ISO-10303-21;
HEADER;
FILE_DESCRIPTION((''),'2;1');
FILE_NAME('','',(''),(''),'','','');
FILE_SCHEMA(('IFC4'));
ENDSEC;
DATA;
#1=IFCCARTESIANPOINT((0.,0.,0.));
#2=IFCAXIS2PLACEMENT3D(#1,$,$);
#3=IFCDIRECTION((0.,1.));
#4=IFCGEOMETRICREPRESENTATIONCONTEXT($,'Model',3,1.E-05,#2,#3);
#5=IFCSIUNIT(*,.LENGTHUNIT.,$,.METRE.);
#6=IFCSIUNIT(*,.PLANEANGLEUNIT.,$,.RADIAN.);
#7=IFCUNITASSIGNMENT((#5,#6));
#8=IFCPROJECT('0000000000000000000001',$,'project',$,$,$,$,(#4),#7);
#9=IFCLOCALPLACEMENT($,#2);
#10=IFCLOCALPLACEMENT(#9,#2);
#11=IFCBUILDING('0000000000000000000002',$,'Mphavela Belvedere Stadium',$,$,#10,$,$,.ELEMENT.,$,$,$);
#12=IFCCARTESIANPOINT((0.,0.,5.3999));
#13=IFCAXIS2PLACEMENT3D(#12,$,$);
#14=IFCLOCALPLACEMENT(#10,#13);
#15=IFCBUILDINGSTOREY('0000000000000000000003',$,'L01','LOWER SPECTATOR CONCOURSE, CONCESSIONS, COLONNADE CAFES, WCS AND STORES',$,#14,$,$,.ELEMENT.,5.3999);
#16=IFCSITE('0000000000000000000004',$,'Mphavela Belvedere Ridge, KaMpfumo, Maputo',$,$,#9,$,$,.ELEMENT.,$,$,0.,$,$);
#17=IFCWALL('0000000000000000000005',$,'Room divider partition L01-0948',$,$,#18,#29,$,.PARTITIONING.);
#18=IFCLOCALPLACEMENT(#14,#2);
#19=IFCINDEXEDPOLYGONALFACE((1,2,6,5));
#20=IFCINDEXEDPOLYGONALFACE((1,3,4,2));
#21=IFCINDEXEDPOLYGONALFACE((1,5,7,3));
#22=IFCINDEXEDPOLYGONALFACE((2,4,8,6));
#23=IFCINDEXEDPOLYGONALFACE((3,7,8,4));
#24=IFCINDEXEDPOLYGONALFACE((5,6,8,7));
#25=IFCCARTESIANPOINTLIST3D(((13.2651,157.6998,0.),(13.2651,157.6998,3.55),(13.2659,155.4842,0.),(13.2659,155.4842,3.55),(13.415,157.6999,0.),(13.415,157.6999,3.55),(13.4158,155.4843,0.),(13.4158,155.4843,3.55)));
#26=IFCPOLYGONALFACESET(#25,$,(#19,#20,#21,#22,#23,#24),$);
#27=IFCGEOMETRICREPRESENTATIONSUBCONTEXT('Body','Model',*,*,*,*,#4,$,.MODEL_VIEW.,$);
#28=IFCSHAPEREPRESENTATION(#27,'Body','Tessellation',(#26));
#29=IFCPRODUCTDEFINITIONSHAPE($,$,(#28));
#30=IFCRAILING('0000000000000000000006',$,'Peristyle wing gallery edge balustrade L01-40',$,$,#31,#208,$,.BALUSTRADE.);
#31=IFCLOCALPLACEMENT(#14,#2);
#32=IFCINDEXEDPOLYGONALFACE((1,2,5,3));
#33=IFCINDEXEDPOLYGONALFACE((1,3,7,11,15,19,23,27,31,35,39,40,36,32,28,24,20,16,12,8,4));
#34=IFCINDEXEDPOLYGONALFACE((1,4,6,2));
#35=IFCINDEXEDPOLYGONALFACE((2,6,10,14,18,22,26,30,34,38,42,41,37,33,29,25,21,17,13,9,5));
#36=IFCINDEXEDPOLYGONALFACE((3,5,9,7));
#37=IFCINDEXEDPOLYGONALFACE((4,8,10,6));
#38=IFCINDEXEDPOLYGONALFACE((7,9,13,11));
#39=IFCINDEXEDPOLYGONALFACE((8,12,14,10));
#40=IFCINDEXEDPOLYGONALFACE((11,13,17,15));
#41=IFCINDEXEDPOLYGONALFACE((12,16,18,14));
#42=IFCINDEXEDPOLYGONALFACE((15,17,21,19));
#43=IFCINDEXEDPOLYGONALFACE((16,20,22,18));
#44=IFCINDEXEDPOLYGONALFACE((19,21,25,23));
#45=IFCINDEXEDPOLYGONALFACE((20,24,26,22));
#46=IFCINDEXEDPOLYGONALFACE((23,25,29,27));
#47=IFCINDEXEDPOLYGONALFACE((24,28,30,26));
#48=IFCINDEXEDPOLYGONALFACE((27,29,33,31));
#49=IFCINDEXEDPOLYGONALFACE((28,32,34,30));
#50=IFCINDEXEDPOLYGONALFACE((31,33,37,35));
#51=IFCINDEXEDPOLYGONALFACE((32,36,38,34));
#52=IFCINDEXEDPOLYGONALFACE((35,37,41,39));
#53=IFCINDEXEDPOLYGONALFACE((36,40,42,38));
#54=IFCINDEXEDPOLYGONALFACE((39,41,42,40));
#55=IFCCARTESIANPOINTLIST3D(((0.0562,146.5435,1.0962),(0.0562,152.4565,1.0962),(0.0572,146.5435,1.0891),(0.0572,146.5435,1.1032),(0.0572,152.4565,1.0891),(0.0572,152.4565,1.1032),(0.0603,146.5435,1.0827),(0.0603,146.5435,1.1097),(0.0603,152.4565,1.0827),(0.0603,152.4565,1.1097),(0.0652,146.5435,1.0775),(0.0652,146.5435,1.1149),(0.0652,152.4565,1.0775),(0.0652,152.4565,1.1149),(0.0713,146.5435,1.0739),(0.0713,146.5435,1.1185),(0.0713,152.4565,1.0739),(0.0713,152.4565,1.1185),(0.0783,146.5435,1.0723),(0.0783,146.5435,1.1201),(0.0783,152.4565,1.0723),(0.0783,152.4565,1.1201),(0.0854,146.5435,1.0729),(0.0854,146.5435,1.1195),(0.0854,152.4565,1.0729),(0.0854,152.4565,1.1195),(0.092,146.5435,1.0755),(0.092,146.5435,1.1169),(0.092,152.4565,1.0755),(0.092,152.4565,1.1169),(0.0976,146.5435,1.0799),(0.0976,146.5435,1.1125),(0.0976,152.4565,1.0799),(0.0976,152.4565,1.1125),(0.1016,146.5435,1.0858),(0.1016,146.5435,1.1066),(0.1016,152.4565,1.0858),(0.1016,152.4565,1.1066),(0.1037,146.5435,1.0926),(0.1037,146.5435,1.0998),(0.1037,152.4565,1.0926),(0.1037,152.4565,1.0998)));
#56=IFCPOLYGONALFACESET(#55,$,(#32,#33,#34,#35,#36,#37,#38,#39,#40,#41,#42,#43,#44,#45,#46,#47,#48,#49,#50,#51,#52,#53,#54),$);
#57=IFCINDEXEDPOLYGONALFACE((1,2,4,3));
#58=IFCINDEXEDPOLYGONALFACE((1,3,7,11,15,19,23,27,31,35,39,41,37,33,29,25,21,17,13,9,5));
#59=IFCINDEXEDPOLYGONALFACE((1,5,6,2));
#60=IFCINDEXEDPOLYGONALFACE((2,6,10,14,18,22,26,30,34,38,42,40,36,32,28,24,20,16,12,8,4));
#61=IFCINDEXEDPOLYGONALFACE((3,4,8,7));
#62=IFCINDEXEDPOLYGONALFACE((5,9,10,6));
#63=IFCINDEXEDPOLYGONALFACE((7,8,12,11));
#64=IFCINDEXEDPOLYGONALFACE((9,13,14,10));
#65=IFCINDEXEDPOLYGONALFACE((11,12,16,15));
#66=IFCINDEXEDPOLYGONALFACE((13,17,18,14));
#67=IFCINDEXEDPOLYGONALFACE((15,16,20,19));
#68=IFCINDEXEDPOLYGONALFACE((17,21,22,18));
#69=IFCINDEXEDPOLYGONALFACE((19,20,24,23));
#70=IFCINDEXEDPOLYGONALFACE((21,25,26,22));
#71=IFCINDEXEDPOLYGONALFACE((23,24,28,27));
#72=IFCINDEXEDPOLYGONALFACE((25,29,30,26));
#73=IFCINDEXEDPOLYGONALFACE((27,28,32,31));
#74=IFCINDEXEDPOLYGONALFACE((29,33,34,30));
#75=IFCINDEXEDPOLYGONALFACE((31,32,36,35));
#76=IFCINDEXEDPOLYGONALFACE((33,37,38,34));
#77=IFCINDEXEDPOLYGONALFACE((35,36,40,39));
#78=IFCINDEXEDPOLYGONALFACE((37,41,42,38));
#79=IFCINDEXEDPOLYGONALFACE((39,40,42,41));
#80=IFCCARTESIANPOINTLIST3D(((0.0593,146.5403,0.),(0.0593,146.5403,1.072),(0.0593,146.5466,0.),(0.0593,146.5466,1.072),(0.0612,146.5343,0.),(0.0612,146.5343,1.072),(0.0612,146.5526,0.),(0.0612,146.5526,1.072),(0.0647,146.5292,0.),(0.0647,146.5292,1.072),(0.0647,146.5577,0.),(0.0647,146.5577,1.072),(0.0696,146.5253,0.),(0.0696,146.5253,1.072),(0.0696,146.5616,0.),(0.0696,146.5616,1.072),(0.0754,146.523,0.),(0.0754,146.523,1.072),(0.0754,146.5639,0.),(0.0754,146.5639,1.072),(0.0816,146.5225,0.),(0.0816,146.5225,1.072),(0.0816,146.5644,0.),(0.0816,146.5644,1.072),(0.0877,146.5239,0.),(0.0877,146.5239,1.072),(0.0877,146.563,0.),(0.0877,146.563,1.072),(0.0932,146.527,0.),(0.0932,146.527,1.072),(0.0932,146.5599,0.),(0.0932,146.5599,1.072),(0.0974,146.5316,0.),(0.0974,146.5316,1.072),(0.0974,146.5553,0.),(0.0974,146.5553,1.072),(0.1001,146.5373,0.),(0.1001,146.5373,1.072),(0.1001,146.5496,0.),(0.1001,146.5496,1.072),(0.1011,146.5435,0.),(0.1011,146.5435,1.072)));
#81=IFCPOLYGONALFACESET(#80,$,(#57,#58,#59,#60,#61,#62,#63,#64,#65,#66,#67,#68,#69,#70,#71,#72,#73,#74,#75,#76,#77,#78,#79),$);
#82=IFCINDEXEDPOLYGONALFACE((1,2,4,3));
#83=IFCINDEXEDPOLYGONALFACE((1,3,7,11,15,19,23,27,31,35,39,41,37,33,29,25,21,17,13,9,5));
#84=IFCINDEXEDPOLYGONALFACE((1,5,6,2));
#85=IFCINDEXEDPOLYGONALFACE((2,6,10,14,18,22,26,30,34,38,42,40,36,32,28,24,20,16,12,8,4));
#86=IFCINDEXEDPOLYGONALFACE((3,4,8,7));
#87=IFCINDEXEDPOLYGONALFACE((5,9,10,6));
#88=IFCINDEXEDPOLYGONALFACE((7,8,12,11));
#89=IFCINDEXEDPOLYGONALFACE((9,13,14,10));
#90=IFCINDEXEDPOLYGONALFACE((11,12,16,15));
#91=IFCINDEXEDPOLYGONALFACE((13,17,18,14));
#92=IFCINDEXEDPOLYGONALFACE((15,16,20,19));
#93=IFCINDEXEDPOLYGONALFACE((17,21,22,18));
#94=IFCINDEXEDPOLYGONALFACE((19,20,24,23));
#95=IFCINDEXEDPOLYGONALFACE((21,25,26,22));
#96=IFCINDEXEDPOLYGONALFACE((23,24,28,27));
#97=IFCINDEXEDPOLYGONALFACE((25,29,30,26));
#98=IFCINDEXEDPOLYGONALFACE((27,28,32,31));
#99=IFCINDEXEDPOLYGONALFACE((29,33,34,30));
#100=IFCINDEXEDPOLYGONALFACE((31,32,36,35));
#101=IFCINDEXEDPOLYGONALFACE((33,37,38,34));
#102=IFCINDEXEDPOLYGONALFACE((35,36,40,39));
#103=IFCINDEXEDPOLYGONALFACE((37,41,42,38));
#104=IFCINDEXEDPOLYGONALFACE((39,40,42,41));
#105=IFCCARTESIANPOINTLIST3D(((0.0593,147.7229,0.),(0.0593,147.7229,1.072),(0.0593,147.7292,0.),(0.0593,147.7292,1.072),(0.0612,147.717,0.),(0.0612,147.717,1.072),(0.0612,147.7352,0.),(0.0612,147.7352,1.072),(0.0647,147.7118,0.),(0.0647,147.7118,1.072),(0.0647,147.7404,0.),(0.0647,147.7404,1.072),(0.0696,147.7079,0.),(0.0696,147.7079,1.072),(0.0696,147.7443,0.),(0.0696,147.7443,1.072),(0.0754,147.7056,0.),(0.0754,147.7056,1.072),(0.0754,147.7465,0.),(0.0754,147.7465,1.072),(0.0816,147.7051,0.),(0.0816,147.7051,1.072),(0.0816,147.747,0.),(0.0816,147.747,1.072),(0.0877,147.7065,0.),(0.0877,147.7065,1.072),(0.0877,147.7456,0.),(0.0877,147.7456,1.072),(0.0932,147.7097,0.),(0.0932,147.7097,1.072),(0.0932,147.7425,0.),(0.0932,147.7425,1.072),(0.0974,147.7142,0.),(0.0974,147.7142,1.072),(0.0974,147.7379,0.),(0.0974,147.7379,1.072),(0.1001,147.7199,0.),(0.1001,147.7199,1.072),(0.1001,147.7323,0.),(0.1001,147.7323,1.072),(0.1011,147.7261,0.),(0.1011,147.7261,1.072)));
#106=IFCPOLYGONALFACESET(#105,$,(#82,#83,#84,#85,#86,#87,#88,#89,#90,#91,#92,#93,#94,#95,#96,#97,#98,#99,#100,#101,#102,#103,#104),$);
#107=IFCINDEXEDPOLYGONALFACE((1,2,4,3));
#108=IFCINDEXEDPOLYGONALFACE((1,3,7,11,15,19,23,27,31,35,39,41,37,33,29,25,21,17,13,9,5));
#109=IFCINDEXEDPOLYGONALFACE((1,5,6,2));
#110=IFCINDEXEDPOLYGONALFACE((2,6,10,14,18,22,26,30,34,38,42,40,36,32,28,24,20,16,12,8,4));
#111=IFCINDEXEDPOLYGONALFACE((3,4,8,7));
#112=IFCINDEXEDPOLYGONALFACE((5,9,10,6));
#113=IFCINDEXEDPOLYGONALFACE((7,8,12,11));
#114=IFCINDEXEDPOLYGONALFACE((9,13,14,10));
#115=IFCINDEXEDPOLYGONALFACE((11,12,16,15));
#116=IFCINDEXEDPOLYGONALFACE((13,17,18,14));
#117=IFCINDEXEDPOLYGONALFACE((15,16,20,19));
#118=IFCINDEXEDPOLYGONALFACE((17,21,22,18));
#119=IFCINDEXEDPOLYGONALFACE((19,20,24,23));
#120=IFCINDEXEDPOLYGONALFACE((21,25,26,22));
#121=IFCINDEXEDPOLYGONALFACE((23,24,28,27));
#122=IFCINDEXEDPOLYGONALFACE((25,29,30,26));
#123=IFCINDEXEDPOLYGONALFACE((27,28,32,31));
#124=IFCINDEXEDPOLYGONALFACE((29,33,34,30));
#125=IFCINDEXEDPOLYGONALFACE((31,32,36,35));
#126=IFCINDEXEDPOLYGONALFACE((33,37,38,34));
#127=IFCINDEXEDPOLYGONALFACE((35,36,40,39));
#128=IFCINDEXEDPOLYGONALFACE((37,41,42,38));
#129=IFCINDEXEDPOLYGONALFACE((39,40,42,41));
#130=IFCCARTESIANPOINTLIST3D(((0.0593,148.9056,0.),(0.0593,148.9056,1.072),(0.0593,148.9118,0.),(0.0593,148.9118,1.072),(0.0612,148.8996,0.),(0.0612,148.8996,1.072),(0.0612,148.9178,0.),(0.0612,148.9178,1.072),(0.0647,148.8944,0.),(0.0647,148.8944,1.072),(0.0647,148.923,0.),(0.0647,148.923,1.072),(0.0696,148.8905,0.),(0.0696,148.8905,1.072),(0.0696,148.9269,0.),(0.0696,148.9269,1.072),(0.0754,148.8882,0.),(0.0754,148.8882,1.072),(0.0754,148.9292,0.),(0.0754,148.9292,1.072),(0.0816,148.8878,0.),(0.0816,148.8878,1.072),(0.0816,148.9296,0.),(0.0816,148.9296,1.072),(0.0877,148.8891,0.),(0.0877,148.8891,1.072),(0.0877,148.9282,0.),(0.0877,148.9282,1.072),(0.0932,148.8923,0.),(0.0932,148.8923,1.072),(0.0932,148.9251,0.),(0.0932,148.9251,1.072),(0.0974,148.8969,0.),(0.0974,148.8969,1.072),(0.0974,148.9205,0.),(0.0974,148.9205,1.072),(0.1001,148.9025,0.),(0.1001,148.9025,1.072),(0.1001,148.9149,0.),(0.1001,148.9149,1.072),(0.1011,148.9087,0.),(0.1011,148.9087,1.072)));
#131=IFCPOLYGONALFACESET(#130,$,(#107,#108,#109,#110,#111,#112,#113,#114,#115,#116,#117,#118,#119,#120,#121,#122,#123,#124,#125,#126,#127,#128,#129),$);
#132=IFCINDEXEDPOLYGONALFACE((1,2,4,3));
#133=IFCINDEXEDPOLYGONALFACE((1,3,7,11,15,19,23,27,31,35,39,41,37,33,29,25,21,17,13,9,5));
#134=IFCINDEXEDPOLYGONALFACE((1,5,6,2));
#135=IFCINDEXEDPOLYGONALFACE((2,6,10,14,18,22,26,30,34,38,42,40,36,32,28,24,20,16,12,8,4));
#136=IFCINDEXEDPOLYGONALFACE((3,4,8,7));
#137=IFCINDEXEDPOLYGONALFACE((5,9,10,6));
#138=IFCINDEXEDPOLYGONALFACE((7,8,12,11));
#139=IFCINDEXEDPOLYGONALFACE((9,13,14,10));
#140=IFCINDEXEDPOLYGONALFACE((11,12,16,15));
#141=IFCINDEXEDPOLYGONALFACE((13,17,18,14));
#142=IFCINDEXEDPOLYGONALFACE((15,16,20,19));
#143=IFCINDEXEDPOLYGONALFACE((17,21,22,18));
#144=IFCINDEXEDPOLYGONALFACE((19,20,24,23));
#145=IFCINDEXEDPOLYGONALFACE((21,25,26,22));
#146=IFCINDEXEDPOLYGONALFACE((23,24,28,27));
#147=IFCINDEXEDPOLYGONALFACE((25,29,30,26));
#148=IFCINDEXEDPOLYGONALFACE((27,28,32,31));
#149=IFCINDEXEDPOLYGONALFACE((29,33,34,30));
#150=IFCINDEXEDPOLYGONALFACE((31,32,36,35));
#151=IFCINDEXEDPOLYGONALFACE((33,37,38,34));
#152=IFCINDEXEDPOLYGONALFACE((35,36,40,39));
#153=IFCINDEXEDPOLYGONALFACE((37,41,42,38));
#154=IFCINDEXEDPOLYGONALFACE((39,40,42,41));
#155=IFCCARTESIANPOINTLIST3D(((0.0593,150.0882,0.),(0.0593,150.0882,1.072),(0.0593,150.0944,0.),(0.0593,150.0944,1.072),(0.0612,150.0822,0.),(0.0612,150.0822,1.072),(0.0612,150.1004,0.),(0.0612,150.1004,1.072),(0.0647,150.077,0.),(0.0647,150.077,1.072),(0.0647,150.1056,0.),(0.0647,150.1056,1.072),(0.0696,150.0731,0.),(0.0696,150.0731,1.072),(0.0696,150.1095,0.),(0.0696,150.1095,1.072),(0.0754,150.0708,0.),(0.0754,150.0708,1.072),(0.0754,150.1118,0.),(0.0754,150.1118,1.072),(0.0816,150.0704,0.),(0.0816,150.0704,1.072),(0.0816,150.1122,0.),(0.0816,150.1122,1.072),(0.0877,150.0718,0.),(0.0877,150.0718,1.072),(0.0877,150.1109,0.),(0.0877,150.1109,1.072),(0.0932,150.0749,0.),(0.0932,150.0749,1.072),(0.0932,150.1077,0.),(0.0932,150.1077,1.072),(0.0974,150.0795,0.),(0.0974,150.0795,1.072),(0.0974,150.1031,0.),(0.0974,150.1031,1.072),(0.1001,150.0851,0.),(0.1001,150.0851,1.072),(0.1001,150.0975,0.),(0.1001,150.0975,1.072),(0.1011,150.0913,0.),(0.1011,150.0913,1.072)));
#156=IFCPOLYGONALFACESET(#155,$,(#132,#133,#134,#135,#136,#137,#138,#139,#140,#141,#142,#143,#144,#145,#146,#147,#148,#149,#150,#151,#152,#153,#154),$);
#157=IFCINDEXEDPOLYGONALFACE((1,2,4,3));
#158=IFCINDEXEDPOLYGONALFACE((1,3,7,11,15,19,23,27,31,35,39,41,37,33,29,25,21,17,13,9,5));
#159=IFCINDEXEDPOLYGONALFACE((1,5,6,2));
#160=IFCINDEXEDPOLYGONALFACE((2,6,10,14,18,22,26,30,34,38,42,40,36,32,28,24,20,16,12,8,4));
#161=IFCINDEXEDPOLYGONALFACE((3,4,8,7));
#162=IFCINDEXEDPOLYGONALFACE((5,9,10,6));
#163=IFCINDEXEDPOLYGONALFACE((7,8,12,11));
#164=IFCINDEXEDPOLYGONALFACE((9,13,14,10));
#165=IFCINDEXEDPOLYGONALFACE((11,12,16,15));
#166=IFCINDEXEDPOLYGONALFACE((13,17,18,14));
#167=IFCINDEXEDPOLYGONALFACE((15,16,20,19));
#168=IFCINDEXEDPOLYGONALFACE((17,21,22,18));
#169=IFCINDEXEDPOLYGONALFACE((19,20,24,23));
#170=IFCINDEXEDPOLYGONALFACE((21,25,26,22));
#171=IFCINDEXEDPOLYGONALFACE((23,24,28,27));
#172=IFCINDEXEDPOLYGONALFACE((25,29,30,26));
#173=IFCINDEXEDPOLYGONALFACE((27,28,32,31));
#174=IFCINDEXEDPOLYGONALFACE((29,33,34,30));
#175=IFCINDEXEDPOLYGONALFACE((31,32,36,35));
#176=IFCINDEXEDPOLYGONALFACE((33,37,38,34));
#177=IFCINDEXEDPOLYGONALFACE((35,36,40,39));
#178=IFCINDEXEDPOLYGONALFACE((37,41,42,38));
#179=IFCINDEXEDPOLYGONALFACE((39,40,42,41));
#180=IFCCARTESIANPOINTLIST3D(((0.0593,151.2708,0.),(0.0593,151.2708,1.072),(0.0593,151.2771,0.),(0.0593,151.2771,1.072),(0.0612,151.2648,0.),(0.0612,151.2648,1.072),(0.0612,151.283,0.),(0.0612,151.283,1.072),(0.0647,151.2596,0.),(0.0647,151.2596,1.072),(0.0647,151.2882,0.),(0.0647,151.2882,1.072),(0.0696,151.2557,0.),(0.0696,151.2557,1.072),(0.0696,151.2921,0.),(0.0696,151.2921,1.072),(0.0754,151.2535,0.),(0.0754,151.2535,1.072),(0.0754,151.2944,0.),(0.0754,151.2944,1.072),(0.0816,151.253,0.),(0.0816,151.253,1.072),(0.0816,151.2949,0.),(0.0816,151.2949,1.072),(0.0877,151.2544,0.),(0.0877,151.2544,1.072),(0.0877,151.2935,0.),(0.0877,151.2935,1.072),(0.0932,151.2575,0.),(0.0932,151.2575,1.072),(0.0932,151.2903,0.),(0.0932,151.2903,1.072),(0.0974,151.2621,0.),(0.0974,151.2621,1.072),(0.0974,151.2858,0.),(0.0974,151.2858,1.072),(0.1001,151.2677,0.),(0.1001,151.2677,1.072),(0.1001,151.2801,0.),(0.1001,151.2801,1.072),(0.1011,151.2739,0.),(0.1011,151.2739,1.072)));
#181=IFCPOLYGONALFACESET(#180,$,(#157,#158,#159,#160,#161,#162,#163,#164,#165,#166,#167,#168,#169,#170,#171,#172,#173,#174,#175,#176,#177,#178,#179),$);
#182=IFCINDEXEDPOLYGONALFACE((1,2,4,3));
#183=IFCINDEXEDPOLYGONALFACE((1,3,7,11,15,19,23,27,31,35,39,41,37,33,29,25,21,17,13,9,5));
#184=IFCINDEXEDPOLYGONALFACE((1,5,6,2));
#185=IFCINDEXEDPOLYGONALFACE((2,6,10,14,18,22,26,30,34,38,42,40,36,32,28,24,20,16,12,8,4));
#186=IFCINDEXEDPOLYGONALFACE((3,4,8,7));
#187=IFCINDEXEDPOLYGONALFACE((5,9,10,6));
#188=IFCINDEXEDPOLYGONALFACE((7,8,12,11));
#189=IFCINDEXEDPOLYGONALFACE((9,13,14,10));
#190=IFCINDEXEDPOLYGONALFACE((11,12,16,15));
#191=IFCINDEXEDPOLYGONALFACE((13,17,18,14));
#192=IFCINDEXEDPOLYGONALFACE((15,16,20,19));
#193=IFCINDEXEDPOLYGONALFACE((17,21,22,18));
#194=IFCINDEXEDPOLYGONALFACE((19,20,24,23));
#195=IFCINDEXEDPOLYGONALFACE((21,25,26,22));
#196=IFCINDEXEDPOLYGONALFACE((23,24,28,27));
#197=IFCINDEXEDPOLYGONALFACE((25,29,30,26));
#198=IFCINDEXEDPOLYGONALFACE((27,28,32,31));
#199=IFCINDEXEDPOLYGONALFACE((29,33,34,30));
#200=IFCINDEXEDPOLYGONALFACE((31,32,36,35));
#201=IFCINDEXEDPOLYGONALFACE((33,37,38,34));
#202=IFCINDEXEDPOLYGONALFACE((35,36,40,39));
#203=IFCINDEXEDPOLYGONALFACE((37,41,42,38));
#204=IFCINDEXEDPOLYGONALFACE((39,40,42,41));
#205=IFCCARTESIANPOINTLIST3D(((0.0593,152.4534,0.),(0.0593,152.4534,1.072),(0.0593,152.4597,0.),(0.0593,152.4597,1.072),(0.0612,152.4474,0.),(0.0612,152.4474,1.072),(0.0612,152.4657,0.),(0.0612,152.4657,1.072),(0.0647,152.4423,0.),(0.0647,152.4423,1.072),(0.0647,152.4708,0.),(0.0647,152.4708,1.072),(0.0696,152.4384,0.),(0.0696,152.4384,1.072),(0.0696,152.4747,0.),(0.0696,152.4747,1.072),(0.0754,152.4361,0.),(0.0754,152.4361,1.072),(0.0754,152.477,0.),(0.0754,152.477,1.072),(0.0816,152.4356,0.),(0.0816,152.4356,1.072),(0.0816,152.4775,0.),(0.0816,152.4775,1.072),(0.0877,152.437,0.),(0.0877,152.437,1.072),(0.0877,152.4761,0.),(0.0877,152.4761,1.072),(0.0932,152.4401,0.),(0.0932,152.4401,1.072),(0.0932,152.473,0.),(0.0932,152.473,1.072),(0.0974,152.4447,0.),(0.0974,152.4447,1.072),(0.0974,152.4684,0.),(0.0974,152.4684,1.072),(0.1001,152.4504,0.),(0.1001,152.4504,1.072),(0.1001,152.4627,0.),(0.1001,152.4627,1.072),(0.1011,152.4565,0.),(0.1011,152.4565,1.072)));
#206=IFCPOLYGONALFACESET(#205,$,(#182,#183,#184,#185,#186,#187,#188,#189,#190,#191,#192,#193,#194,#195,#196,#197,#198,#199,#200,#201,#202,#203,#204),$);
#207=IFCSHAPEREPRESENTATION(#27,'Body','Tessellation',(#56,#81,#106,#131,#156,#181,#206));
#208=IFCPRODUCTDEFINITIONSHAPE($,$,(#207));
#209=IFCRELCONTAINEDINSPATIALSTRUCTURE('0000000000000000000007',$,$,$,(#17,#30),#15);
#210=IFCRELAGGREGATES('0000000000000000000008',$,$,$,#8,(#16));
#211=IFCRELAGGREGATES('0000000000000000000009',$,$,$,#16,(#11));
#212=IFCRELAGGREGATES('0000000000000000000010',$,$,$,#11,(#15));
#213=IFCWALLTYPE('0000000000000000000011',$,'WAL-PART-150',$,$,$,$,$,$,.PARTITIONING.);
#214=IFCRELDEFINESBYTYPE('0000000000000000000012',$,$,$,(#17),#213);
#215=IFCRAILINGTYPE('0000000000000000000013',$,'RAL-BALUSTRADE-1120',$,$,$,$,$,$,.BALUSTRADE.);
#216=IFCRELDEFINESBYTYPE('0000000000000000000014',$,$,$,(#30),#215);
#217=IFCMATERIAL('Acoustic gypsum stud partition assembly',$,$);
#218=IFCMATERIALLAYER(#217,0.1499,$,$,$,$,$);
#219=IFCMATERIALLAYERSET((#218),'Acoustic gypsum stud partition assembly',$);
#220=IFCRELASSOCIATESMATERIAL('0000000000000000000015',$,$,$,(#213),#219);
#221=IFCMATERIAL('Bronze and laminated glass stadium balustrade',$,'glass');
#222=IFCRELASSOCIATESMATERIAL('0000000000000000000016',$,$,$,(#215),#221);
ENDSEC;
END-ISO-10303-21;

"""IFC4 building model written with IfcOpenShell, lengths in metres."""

from ifc_helpers import new_model, si_unit, direction, frame, frame_2d, origin, origin_2d, place, context, subcontext, project, spatial, rectangle, circle, extrude, material, layer, layer_set, type_object, element, save


model = new_model("IFC4")

# Units and contexts
model_context = context("Model", 3, precision=1e-05, world=origin(), true_north=direction((0.0, 1.0)))
body_context = subcontext(model_context, "Body", "Model", "MODEL_VIEW")
ifc_project = project(units=[si_unit("LENGTHUNIT", "METRE"), si_unit("PLANEANGLEUNIT", "RADIAN")], contexts=[model_context])

# Site, building, storey
site_placement = place(None, origin())
site = spatial("IfcSite", under=ifc_project, at=site_placement, Name="Mphavela Belvedere Ridge, KaMpfumo, Maputo", CompositionType="ELEMENT", RefElevation=0.0)
building_placement = place(site_placement, origin())
building = spatial("IfcBuilding", under=site, at=building_placement, Name="Mphavela Belvedere Stadium", CompositionType="ELEMENT")
storey_placement = place(building_placement, frame((0.0, 0.0, 5.3999)))
storey = spatial("IfcBuildingStorey", under=building, at=storey_placement, Name="L01", Description="LOWER SPECTATOR CONCOURSE, CONCESSIONS, COLONNADE CAFES, WCS AND STORES", CompositionType="ELEMENT", Elevation=5.3999)

# Wall
ifc_material_1 = material(Name="Acoustic gypsum stud partition assembly")
ifc_layer_1 = layer(ifc_material_1, 0.1499)
ifc_layer_set_1 = layer_set([ifc_layer_1], Name="Acoustic gypsum stud partition assembly")
wall_type_1 = type_object("IfcWallType", Name="WAL-PART-150", PredefinedType="PARTITIONING", material=ifc_layer_set_1)
wall_1_placement = place(storey_placement, frame((13.3401, 157.7, 0.0), z_axis=(0.0, 0.0, 1.0), x_axis=(0.000331, -1.0, 0.0)))
element("IfcWall", 1, at=wall_1_placement, inside=storey, type_object=wall_type_1, Name="Room divider partition L01-0948", PredefinedType="PARTITIONING", context=body_context, shape_type="SweptSolid", body=[
    extrude(rectangle(XDim=2.2156, YDim=0.1499, at=frame_2d((1.1079, 0.0))), origin(), (0.0, 0.0, 1.0), 3.55),
])

# Railing
ifc_material_2 = material(Name="Bronze and laminated glass stadium balustrade", Category="glass")
railing_type = type_object("IfcRailingType", Name="RAL-BALUSTRADE-1120", PredefinedType="BALUSTRADE", material=ifc_material_2)
for number, where, name in (
    (2, (0.0801, 146.5435, 0.0), "Peristyle wing gallery edge balustrade L01-40"),
):
    element("IfcRailing", number, at=place(storey_placement, frame(where)), inside=storey, type_object=railing_type, Name=name, PredefinedType="BALUSTRADE", context=body_context, shape_type="SweptSolid", body=[
        extrude(circle(Radius=0.0239, at=origin_2d()), frame((0.0, 0.0, 1.0962), z_axis=(0.0, 1.0, 0.0), x_axis=(-1.0, 0.0, 0.0)), (0.0, 0.0, 1.0), 5.9131),
        extrude(circle(Radius=0.021, at=origin_2d()), origin(), (0.0, 0.0, 1.0), 1.072),
        extrude(circle(Radius=0.021, at=origin_2d()), frame((0.0, 1.1826, 0.0)), (0.0, 0.0, 1.0), 1.072),
        extrude(circle(Radius=0.021, at=origin_2d()), frame((0.0, 2.3652, 0.0)), (0.0, 0.0, 1.0), 1.072),
        extrude(circle(Radius=0.021, at=origin_2d()), frame((0.0, 3.5479, 0.0)), (0.0, 0.0, 1.0), 1.072),
        extrude(circle(Radius=0.021, at=origin_2d()), frame((0.0, 4.7305, 0.0)), (0.0, 0.0, 1.0), 1.072),
        extrude(circle(Radius=0.021, at=origin_2d()), frame((0.0, 5.9131, 0.0)), (0.0, 0.0, 1.0), 1.072),
    ])

save(model, "model.ifc")
